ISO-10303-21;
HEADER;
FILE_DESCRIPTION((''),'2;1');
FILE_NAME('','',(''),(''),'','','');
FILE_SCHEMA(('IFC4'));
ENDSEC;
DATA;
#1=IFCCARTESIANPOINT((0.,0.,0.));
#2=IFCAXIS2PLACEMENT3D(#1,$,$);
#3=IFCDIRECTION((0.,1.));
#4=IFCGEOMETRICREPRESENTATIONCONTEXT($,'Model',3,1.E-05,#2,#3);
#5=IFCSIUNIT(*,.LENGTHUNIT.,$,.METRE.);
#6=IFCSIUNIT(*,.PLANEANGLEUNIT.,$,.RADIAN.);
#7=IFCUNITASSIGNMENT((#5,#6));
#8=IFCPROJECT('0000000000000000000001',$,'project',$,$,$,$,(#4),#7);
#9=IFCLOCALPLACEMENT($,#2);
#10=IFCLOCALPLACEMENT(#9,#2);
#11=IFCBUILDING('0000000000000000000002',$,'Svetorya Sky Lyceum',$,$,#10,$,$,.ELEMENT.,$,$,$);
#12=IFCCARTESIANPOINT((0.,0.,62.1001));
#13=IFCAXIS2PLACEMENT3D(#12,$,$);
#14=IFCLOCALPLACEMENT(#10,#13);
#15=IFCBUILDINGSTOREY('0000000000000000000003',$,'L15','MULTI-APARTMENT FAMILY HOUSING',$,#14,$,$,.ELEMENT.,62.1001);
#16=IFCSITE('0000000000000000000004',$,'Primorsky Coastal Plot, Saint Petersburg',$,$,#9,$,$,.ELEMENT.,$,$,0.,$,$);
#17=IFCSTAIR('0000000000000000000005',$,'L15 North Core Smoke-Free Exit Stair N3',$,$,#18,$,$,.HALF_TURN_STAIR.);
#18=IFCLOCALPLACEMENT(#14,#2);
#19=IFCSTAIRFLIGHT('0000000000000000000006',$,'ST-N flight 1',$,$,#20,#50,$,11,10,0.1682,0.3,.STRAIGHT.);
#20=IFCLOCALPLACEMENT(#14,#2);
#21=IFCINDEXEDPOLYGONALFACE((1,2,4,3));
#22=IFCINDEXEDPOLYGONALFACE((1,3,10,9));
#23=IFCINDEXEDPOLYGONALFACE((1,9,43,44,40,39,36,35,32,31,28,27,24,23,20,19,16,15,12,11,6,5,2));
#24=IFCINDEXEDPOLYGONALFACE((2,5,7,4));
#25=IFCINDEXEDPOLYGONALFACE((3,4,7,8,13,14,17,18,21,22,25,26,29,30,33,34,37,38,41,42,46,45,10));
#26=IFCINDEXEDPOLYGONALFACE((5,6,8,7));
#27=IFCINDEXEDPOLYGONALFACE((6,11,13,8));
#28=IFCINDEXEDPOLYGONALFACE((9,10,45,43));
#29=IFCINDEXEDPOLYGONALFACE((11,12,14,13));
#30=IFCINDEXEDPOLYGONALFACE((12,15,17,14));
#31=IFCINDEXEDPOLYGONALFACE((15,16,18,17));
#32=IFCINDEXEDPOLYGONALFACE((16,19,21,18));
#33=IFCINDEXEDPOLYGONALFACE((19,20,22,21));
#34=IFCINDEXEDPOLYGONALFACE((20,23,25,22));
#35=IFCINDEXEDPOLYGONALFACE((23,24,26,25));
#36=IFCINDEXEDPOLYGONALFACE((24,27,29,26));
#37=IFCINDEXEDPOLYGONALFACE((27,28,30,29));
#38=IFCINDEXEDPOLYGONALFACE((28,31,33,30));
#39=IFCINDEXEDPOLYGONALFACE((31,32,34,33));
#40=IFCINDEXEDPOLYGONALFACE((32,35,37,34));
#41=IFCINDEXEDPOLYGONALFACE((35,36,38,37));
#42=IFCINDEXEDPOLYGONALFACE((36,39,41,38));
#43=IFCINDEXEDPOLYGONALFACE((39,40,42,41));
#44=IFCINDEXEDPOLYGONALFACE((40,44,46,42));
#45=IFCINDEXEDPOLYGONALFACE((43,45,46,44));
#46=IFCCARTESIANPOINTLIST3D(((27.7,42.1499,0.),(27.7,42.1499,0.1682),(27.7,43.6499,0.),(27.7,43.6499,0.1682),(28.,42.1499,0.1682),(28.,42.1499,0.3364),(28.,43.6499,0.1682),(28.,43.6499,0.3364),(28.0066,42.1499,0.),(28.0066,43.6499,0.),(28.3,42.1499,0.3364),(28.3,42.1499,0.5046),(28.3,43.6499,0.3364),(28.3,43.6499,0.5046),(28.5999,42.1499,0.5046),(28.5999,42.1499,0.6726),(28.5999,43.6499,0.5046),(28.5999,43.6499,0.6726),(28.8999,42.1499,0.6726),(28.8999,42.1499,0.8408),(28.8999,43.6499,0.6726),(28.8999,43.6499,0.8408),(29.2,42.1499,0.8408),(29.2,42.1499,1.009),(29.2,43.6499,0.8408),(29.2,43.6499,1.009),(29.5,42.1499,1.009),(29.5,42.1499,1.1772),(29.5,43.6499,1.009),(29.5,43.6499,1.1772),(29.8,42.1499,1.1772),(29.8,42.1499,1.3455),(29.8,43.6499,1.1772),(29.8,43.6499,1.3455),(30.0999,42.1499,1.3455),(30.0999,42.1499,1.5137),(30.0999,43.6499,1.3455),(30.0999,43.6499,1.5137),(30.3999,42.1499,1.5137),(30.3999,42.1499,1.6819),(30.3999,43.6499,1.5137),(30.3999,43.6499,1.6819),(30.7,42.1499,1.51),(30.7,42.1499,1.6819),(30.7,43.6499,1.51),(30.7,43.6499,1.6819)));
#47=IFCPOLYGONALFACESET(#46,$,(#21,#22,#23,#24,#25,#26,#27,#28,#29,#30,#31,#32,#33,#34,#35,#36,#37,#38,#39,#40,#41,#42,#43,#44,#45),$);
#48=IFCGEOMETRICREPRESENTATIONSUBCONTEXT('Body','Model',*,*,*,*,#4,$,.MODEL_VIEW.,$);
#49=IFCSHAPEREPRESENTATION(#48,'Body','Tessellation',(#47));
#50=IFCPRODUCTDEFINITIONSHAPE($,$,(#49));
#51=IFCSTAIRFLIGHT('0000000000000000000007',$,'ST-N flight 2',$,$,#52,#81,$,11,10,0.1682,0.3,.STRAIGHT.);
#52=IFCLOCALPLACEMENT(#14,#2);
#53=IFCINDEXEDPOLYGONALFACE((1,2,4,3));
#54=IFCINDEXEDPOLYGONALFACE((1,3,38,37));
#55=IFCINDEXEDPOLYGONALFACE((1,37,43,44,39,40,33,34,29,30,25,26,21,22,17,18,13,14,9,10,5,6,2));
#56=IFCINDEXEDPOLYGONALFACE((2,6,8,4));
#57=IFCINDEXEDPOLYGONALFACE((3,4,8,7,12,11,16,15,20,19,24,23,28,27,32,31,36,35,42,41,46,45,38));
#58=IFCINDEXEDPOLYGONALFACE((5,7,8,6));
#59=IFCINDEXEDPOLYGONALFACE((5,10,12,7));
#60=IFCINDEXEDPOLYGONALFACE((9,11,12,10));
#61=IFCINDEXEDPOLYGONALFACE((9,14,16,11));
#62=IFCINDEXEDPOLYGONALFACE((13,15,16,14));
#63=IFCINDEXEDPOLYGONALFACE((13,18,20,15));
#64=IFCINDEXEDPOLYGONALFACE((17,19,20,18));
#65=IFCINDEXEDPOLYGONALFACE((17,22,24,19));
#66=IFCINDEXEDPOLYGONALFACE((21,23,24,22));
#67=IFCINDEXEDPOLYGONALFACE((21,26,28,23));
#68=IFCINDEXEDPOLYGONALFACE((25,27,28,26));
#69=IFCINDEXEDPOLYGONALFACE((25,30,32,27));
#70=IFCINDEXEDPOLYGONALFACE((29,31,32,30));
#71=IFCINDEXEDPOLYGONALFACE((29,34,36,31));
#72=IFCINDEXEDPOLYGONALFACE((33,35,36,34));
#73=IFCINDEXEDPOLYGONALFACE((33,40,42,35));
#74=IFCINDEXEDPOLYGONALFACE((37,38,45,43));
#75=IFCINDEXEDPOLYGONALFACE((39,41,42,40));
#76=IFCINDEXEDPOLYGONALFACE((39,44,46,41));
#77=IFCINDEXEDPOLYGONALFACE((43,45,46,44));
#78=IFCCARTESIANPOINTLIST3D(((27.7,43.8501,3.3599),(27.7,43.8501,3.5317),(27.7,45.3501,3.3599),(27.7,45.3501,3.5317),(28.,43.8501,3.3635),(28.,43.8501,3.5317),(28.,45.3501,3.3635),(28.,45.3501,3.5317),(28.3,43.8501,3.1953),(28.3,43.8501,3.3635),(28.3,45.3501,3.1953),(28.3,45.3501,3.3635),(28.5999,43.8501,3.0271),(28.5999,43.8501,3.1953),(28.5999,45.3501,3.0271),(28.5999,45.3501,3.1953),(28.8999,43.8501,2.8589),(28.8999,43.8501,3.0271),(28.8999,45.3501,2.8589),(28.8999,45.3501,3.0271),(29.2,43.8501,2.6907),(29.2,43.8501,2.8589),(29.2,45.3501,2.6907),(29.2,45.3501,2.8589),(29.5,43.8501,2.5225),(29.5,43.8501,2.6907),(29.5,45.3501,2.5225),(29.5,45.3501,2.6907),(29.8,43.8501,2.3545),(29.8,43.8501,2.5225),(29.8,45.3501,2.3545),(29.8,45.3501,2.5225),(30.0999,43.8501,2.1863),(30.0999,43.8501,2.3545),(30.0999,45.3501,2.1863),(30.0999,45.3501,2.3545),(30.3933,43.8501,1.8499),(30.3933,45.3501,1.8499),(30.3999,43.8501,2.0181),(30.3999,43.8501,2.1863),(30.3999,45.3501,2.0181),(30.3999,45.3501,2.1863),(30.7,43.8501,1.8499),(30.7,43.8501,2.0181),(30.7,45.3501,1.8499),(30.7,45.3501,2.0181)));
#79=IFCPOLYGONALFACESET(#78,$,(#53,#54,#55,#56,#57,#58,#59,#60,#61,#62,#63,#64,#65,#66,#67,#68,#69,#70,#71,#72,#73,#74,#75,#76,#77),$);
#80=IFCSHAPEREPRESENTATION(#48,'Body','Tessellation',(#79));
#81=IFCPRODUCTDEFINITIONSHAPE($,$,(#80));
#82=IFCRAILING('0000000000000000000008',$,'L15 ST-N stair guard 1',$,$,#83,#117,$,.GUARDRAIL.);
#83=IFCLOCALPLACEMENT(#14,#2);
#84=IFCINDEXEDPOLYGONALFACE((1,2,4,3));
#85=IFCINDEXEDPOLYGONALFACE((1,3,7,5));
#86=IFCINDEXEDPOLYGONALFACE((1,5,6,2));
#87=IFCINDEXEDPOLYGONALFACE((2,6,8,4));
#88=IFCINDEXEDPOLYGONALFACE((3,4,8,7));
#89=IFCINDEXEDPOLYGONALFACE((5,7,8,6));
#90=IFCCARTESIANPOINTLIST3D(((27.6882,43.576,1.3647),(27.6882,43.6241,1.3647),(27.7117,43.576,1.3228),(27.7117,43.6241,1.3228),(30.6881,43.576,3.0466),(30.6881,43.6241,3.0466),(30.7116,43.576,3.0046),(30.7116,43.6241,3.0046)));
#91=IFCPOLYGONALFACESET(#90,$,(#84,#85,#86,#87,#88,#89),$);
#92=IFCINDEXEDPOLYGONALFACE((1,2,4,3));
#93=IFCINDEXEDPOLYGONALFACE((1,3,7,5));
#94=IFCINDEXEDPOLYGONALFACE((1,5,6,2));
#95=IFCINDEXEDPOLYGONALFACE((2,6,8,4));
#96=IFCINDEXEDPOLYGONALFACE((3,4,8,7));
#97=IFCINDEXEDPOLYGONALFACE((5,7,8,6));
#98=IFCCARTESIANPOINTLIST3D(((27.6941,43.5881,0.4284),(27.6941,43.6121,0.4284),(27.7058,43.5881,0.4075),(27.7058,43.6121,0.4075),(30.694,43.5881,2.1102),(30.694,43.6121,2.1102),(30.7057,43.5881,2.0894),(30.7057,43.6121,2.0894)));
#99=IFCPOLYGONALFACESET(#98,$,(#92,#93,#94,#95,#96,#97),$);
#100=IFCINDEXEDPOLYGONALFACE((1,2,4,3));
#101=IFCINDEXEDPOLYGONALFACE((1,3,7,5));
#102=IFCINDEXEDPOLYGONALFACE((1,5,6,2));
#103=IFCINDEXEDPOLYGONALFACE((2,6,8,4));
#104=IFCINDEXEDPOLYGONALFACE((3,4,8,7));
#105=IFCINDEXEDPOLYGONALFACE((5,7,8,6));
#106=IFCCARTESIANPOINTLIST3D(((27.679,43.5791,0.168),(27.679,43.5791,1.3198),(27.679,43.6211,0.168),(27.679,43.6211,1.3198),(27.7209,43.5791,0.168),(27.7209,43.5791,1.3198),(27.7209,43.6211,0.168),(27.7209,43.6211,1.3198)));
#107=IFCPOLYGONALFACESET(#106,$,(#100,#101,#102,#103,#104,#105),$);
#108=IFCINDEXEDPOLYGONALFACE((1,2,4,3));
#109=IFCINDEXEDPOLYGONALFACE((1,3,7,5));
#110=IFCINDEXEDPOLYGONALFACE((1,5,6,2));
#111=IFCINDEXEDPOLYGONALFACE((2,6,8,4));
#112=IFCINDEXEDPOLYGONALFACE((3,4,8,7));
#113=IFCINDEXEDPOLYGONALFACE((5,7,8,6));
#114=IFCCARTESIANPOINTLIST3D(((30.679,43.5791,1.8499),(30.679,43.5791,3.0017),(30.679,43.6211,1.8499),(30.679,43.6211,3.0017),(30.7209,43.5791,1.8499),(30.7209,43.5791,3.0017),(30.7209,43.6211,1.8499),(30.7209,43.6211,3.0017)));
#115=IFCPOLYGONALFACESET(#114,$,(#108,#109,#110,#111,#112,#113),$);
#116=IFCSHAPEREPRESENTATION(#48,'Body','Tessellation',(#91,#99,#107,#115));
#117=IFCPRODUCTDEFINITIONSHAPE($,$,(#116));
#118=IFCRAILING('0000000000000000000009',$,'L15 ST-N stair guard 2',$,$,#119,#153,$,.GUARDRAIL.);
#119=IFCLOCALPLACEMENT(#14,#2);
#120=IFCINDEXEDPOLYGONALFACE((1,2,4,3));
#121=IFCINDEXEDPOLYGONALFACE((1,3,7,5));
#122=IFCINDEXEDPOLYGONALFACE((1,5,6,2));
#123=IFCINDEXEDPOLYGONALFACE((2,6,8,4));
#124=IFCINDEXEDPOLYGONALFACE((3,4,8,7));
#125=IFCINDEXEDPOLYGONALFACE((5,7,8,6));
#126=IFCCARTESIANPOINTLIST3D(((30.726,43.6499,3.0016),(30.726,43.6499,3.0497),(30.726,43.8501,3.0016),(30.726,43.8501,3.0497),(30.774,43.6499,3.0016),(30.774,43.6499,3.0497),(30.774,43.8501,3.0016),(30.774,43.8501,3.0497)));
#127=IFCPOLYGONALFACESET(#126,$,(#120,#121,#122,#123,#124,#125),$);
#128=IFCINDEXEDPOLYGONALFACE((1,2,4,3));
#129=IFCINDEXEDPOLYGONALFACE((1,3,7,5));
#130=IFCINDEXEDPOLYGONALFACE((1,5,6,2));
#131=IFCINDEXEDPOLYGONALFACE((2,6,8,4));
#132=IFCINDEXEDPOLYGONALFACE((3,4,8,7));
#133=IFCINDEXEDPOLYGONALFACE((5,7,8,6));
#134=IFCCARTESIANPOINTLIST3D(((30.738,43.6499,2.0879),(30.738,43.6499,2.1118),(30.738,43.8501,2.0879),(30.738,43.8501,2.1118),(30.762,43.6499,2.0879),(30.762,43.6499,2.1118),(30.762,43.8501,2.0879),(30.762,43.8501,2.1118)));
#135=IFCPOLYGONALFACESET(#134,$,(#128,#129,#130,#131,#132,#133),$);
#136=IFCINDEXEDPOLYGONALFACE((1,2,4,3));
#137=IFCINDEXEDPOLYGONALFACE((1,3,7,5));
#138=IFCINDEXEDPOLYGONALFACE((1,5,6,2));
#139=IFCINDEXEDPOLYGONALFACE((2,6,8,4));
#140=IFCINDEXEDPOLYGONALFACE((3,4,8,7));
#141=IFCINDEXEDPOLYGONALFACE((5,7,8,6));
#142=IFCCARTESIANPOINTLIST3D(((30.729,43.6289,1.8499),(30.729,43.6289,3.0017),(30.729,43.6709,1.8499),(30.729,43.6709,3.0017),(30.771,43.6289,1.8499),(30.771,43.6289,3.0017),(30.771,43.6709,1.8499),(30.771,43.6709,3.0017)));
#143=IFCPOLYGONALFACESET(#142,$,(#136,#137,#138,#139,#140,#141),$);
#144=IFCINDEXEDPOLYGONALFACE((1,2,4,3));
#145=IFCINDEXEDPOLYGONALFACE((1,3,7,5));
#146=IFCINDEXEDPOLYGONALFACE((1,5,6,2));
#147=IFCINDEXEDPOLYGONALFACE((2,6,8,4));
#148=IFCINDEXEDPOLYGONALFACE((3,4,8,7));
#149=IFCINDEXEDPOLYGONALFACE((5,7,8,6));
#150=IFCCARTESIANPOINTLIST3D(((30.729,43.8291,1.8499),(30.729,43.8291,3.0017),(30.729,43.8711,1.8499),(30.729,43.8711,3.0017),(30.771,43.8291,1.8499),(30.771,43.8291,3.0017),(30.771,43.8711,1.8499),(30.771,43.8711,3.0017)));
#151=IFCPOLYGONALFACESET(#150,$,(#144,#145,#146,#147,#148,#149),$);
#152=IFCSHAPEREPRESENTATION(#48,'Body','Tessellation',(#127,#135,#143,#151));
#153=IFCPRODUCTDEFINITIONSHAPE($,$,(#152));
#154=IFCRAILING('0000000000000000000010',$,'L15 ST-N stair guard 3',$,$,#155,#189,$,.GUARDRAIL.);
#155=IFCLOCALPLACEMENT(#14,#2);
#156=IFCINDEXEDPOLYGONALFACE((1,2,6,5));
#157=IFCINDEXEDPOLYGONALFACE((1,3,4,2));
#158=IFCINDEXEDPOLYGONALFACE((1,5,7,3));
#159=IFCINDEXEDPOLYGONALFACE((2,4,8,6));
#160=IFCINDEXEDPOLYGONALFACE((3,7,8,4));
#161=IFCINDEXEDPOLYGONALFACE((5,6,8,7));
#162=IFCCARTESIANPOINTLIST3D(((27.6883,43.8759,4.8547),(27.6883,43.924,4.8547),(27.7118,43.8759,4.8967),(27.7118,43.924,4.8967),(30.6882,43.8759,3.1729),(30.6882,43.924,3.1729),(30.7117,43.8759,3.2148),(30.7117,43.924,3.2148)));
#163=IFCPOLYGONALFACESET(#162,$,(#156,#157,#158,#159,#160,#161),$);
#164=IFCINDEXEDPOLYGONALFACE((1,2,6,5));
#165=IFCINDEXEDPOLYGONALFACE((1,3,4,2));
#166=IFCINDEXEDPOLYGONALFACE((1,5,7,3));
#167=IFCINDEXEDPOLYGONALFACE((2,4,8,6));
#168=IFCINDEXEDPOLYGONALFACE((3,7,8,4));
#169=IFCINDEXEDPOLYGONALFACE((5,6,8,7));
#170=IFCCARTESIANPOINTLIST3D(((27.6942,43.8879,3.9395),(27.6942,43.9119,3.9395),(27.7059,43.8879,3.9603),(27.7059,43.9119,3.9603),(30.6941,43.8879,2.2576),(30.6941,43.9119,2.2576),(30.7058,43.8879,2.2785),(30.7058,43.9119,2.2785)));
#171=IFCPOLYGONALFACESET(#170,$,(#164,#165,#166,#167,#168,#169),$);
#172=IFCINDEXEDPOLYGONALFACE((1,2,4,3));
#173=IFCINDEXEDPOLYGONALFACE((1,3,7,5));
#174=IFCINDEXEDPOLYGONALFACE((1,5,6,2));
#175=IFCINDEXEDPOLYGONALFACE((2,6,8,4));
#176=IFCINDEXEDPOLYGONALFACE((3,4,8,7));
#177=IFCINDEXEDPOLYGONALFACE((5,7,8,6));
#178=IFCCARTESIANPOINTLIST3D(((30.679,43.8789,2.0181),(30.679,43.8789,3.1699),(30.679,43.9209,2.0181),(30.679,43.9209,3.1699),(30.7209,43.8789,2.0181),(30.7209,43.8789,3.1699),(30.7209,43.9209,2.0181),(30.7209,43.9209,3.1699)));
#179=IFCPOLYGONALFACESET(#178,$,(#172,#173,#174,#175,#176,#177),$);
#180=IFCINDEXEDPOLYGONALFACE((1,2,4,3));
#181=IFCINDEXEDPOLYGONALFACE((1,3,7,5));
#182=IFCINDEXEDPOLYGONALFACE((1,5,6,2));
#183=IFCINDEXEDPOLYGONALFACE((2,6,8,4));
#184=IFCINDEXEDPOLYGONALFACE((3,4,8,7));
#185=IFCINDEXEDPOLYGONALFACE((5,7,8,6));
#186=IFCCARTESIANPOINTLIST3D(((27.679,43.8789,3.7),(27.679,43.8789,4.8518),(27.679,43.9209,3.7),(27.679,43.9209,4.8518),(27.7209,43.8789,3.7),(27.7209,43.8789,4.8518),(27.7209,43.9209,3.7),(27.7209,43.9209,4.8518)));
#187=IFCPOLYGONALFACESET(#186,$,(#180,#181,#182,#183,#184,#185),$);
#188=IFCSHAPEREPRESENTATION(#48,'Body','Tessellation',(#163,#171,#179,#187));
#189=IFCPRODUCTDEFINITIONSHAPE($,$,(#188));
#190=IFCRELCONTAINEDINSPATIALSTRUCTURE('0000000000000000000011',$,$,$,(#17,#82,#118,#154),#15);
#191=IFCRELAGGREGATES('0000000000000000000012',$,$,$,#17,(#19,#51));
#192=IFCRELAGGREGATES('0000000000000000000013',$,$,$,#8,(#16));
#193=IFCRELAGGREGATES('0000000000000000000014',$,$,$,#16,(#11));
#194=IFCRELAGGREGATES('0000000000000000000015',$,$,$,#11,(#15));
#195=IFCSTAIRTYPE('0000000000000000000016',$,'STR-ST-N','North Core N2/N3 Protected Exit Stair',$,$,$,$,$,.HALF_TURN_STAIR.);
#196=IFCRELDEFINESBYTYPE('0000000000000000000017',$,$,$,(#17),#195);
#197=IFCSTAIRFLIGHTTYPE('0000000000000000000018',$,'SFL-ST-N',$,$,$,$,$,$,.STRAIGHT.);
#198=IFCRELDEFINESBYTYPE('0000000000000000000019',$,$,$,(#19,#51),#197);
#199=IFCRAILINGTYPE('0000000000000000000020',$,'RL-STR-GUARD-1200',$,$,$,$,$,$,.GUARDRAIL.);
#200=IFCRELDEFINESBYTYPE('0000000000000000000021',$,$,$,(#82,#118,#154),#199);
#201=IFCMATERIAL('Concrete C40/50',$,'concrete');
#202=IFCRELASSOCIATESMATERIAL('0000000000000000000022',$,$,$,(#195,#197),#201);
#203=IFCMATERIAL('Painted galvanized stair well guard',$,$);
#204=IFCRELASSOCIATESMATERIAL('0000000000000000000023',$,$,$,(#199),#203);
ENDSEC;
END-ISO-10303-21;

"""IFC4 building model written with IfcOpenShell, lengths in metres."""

from ifc_helpers import new_model, si_unit, direction, frame, origin, origin_2d, place, context, subcontext, project, spatial, polyline, rectangle, outline, extrude, material, type_object, element, aggregate, save


model = new_model("IFC4")

# Units and contexts
model_context = context("Model", 3, precision=1e-05, world=origin(), true_north=direction((0.0, 1.0)))
body_context = subcontext(model_context, "Body", "Model", "MODEL_VIEW")
ifc_project = project(units=[si_unit("LENGTHUNIT", "METRE"), si_unit("PLANEANGLEUNIT", "RADIAN")], contexts=[model_context])

# Site, building, storey
site_placement = place(None, origin())
site = spatial("IfcSite", under=ifc_project, at=site_placement, Name="Primorsky Coastal Plot, Saint Petersburg", CompositionType="ELEMENT", RefElevation=0.0)
building_placement = place(site_placement, origin())
building = spatial("IfcBuilding", under=site, at=building_placement, Name="Svetorya Sky Lyceum", CompositionType="ELEMENT")
storey_placement = place(building_placement, frame((0.0, 0.0, 62.1001)))
storey = spatial("IfcBuildingStorey", under=building, at=storey_placement, Name="L15", Description="MULTI-APARTMENT FAMILY HOUSING", CompositionType="ELEMENT", Elevation=62.1001)

# Stair, stair flights
ifc_material_1 = material(Name="Concrete C40/50", Category="concrete")
stair_type = type_object("IfcStairType", Name="STR-ST-N", Description="North Core N2/N3 Protected Exit Stair", PredefinedType="HALF_TURN_STAIR", material=ifc_material_1)
stair_placement = place(storey_placement, origin())
stair = element("IfcStair", 1, at=stair_placement, inside=storey, type_object=stair_type, Name="L15 North Core Smoke-Free Exit Stair N3", PredefinedType="HALF_TURN_STAIR")
stair_flight_type = type_object("IfcStairFlightType", Name="SFL-ST-N", PredefinedType="STRAIGHT", material=ifc_material_1)
stair_flight_1_placement = place(storey_placement, frame((27.7, 42.8999, 0.0), z_axis=(0.0, 0.0, 1.0), x_axis=(1.0, 0.0, 0.0)))
stair_flight_1 = element("IfcStairFlight", 2, at=stair_flight_1_placement, type_object=stair_flight_type, Name="ST-N flight 1", NumberOfRisers=11, NumberOfTreads=10, PredefinedType="STRAIGHT", RiserHeight=0.1682, TreadLength=0.3, context=body_context, shape_type="SweptSolid", body=[
    extrude(outline(polyline([(0.0, 0.0), (0.0, 0.1682), (0.3, 0.1682), (0.3, 0.3364), (0.6001, 0.3364), (0.6001, 0.5046), (0.8999, 0.5046), (0.8999, 0.6726), (1.2, 0.6726), (1.2, 0.8408), (1.5, 0.8408), (1.5, 1.009), (1.8, 1.009), (1.8, 1.1772), (2.1001, 1.1772), (2.1001, 1.3455), (2.3999, 1.3455), (2.3999, 1.5137), (2.7, 1.5137), (2.7, 1.6819), (3.0, 1.6819), (3.0, 1.8501), (3.0, 1.51), (0.3066, 0.0), (0.0, 0.0)])), frame((0.0, 0.75, 0.0), z_axis=(0.0, -1.0, 0.0), x_axis=(1.0, 0.0, 0.0)), (0.0, 0.0, 1.0), 1.5),
])
stair_flight_2_placement = place(storey_placement, frame((30.7, 44.6001, 1.8499), z_axis=(0.0, 0.0, 1.0), x_axis=(-1.0, 0.0, 0.0)))
stair_flight_2 = element("IfcStairFlight", 3, at=stair_flight_2_placement, type_object=stair_flight_type, Name="ST-N flight 2", NumberOfRisers=11, NumberOfTreads=10, PredefinedType="STRAIGHT", RiserHeight=0.1682, TreadLength=0.3, context=body_context, shape_type="SweptSolid", body=[
    extrude(outline(polyline([(0.0, 0.0), (0.0, 0.1682), (0.3, 0.1682), (0.3, 0.3364), (0.6001, 0.3364), (0.6001, 0.5046), (0.8999, 0.5046), (0.8999, 0.6726), (1.2, 0.6726), (1.2, 0.8408), (1.5, 0.8408), (1.5, 1.009), (1.8, 1.009), (1.8, 1.1772), (2.1001, 1.1772), (2.1001, 1.3455), (2.3999, 1.3455), (2.3999, 1.5137), (2.7, 1.5137), (2.7, 1.6819), (3.0, 1.6819), (3.0, 1.8501), (3.0, 1.51), (0.3066, 0.0), (0.0, 0.0)])), frame((0.0, 0.75, 0.0), z_axis=(0.0, -1.0, 0.0), x_axis=(1.0, 0.0, 0.0)), (0.0, 0.0, 1.0), 1.5),
])
aggregate(stair, [stair_flight_1, stair_flight_2])

# Railings
ifc_material_2 = material(Name="Painted galvanized stair well guard")
railing_type_1 = type_object("IfcRailingType", Name="RL-STR-GUARD-1200", PredefinedType="GUARDRAIL", material=ifc_material_2)
railing_1_placement = place(storey_placement, frame((27.7, 43.6001, 0.168)))
element("IfcRailing", 4, at=railing_1_placement, inside=storey, type_object=railing_type_1, Name="L15 ST-N stair guard 1", PredefinedType="GUARDRAIL", context=body_context, shape_type="SweptSolid", body=[
    extrude(rectangle(XDim=0.0481, YDim=0.0481, at=origin_2d()), frame((0.0, 0.0, 1.1758), z_axis=(0.872272, 0.0, 0.48902), x_axis=(0.0, 1.0, 0.0)), (0.0, 0.0, 1.0), 3.4392),
    extrude(rectangle(XDim=0.0239, YDim=0.0239, at=origin_2d()), frame((0.0, 0.0, 0.25), z_axis=(0.872272, 0.0, 0.48902), x_axis=(0.0, 1.0, 0.0)), (0.0, 0.0, 1.0), 3.4392),
    extrude(rectangle(XDim=0.042, YDim=0.042, at=origin_2d()), origin(), (0.0, 0.0, 1.0), 1.1519),
    extrude(rectangle(XDim=0.042, YDim=0.042, at=origin_2d()), frame((3.0, 0.0, 1.6819)), (0.0, 0.0, 1.0), 1.1519),
])
railing_2_placement = place(storey_placement, frame((30.75, 43.6499, 1.8499)))
element("IfcRailing", 5, at=railing_2_placement, inside=storey, type_object=railing_type_1, Name="L15 ST-N stair guard 2", PredefinedType="GUARDRAIL", context=body_context, shape_type="SweptSolid", body=[
    extrude(rectangle(XDim=0.0481, YDim=0.0481, at=origin_2d()), frame((0.0, 0.0, 1.1758), z_axis=(0.0, 1.0, 0.0), x_axis=(-1.0, 0.0, 0.0)), (0.0, 0.0, 1.0), 0.2002),
    extrude(rectangle(XDim=0.0239, YDim=0.0239, at=origin_2d()), frame((0.0, 0.0, 0.25), z_axis=(0.0, 1.0, 0.0), x_axis=(-1.0, 0.0, 0.0)), (0.0, 0.0, 1.0), 0.2002),
    extrude(rectangle(XDim=0.042, YDim=0.042, at=origin_2d()), origin(), (0.0, 0.0, 1.0), 1.1519),
    extrude(rectangle(XDim=0.042, YDim=0.042, at=origin_2d()), frame((0.0, 0.2002, 0.0)), (0.0, 0.0, 1.0), 1.1519),
])
railing_3_placement = place(storey_placement, frame((30.7, 43.8999, 2.0181)))
element("IfcRailing", 6, at=railing_3_placement, inside=storey, type_object=railing_type_1, Name="L15 ST-N stair guard 3", PredefinedType="GUARDRAIL", context=body_context, shape_type="SweptSolid", body=[
    extrude(rectangle(XDim=0.0481, YDim=0.0481, at=origin_2d()), frame((0.0, 0.0, 1.1758), z_axis=(-0.872272, 0.0, 0.48902), x_axis=(0.0, -1.0, 0.0)), (0.0, 0.0, 1.0), 3.4392),
    extrude(rectangle(XDim=0.0239, YDim=0.0239, at=origin_2d()), frame((0.0, 0.0, 0.25), z_axis=(-0.872272, 0.0, 0.48902), x_axis=(0.0, -1.0, 0.0)), (0.0, 0.0, 1.0), 3.4392),
    extrude(rectangle(XDim=0.042, YDim=0.042, at=origin_2d()), origin(), (0.0, 0.0, 1.0), 1.1519),
    extrude(rectangle(XDim=0.042, YDim=0.042, at=origin_2d()), frame((-3.0, 0.0, 1.6819)), (0.0, 0.0, 1.0), 1.1519),
])

save(model, "model.ifc")
